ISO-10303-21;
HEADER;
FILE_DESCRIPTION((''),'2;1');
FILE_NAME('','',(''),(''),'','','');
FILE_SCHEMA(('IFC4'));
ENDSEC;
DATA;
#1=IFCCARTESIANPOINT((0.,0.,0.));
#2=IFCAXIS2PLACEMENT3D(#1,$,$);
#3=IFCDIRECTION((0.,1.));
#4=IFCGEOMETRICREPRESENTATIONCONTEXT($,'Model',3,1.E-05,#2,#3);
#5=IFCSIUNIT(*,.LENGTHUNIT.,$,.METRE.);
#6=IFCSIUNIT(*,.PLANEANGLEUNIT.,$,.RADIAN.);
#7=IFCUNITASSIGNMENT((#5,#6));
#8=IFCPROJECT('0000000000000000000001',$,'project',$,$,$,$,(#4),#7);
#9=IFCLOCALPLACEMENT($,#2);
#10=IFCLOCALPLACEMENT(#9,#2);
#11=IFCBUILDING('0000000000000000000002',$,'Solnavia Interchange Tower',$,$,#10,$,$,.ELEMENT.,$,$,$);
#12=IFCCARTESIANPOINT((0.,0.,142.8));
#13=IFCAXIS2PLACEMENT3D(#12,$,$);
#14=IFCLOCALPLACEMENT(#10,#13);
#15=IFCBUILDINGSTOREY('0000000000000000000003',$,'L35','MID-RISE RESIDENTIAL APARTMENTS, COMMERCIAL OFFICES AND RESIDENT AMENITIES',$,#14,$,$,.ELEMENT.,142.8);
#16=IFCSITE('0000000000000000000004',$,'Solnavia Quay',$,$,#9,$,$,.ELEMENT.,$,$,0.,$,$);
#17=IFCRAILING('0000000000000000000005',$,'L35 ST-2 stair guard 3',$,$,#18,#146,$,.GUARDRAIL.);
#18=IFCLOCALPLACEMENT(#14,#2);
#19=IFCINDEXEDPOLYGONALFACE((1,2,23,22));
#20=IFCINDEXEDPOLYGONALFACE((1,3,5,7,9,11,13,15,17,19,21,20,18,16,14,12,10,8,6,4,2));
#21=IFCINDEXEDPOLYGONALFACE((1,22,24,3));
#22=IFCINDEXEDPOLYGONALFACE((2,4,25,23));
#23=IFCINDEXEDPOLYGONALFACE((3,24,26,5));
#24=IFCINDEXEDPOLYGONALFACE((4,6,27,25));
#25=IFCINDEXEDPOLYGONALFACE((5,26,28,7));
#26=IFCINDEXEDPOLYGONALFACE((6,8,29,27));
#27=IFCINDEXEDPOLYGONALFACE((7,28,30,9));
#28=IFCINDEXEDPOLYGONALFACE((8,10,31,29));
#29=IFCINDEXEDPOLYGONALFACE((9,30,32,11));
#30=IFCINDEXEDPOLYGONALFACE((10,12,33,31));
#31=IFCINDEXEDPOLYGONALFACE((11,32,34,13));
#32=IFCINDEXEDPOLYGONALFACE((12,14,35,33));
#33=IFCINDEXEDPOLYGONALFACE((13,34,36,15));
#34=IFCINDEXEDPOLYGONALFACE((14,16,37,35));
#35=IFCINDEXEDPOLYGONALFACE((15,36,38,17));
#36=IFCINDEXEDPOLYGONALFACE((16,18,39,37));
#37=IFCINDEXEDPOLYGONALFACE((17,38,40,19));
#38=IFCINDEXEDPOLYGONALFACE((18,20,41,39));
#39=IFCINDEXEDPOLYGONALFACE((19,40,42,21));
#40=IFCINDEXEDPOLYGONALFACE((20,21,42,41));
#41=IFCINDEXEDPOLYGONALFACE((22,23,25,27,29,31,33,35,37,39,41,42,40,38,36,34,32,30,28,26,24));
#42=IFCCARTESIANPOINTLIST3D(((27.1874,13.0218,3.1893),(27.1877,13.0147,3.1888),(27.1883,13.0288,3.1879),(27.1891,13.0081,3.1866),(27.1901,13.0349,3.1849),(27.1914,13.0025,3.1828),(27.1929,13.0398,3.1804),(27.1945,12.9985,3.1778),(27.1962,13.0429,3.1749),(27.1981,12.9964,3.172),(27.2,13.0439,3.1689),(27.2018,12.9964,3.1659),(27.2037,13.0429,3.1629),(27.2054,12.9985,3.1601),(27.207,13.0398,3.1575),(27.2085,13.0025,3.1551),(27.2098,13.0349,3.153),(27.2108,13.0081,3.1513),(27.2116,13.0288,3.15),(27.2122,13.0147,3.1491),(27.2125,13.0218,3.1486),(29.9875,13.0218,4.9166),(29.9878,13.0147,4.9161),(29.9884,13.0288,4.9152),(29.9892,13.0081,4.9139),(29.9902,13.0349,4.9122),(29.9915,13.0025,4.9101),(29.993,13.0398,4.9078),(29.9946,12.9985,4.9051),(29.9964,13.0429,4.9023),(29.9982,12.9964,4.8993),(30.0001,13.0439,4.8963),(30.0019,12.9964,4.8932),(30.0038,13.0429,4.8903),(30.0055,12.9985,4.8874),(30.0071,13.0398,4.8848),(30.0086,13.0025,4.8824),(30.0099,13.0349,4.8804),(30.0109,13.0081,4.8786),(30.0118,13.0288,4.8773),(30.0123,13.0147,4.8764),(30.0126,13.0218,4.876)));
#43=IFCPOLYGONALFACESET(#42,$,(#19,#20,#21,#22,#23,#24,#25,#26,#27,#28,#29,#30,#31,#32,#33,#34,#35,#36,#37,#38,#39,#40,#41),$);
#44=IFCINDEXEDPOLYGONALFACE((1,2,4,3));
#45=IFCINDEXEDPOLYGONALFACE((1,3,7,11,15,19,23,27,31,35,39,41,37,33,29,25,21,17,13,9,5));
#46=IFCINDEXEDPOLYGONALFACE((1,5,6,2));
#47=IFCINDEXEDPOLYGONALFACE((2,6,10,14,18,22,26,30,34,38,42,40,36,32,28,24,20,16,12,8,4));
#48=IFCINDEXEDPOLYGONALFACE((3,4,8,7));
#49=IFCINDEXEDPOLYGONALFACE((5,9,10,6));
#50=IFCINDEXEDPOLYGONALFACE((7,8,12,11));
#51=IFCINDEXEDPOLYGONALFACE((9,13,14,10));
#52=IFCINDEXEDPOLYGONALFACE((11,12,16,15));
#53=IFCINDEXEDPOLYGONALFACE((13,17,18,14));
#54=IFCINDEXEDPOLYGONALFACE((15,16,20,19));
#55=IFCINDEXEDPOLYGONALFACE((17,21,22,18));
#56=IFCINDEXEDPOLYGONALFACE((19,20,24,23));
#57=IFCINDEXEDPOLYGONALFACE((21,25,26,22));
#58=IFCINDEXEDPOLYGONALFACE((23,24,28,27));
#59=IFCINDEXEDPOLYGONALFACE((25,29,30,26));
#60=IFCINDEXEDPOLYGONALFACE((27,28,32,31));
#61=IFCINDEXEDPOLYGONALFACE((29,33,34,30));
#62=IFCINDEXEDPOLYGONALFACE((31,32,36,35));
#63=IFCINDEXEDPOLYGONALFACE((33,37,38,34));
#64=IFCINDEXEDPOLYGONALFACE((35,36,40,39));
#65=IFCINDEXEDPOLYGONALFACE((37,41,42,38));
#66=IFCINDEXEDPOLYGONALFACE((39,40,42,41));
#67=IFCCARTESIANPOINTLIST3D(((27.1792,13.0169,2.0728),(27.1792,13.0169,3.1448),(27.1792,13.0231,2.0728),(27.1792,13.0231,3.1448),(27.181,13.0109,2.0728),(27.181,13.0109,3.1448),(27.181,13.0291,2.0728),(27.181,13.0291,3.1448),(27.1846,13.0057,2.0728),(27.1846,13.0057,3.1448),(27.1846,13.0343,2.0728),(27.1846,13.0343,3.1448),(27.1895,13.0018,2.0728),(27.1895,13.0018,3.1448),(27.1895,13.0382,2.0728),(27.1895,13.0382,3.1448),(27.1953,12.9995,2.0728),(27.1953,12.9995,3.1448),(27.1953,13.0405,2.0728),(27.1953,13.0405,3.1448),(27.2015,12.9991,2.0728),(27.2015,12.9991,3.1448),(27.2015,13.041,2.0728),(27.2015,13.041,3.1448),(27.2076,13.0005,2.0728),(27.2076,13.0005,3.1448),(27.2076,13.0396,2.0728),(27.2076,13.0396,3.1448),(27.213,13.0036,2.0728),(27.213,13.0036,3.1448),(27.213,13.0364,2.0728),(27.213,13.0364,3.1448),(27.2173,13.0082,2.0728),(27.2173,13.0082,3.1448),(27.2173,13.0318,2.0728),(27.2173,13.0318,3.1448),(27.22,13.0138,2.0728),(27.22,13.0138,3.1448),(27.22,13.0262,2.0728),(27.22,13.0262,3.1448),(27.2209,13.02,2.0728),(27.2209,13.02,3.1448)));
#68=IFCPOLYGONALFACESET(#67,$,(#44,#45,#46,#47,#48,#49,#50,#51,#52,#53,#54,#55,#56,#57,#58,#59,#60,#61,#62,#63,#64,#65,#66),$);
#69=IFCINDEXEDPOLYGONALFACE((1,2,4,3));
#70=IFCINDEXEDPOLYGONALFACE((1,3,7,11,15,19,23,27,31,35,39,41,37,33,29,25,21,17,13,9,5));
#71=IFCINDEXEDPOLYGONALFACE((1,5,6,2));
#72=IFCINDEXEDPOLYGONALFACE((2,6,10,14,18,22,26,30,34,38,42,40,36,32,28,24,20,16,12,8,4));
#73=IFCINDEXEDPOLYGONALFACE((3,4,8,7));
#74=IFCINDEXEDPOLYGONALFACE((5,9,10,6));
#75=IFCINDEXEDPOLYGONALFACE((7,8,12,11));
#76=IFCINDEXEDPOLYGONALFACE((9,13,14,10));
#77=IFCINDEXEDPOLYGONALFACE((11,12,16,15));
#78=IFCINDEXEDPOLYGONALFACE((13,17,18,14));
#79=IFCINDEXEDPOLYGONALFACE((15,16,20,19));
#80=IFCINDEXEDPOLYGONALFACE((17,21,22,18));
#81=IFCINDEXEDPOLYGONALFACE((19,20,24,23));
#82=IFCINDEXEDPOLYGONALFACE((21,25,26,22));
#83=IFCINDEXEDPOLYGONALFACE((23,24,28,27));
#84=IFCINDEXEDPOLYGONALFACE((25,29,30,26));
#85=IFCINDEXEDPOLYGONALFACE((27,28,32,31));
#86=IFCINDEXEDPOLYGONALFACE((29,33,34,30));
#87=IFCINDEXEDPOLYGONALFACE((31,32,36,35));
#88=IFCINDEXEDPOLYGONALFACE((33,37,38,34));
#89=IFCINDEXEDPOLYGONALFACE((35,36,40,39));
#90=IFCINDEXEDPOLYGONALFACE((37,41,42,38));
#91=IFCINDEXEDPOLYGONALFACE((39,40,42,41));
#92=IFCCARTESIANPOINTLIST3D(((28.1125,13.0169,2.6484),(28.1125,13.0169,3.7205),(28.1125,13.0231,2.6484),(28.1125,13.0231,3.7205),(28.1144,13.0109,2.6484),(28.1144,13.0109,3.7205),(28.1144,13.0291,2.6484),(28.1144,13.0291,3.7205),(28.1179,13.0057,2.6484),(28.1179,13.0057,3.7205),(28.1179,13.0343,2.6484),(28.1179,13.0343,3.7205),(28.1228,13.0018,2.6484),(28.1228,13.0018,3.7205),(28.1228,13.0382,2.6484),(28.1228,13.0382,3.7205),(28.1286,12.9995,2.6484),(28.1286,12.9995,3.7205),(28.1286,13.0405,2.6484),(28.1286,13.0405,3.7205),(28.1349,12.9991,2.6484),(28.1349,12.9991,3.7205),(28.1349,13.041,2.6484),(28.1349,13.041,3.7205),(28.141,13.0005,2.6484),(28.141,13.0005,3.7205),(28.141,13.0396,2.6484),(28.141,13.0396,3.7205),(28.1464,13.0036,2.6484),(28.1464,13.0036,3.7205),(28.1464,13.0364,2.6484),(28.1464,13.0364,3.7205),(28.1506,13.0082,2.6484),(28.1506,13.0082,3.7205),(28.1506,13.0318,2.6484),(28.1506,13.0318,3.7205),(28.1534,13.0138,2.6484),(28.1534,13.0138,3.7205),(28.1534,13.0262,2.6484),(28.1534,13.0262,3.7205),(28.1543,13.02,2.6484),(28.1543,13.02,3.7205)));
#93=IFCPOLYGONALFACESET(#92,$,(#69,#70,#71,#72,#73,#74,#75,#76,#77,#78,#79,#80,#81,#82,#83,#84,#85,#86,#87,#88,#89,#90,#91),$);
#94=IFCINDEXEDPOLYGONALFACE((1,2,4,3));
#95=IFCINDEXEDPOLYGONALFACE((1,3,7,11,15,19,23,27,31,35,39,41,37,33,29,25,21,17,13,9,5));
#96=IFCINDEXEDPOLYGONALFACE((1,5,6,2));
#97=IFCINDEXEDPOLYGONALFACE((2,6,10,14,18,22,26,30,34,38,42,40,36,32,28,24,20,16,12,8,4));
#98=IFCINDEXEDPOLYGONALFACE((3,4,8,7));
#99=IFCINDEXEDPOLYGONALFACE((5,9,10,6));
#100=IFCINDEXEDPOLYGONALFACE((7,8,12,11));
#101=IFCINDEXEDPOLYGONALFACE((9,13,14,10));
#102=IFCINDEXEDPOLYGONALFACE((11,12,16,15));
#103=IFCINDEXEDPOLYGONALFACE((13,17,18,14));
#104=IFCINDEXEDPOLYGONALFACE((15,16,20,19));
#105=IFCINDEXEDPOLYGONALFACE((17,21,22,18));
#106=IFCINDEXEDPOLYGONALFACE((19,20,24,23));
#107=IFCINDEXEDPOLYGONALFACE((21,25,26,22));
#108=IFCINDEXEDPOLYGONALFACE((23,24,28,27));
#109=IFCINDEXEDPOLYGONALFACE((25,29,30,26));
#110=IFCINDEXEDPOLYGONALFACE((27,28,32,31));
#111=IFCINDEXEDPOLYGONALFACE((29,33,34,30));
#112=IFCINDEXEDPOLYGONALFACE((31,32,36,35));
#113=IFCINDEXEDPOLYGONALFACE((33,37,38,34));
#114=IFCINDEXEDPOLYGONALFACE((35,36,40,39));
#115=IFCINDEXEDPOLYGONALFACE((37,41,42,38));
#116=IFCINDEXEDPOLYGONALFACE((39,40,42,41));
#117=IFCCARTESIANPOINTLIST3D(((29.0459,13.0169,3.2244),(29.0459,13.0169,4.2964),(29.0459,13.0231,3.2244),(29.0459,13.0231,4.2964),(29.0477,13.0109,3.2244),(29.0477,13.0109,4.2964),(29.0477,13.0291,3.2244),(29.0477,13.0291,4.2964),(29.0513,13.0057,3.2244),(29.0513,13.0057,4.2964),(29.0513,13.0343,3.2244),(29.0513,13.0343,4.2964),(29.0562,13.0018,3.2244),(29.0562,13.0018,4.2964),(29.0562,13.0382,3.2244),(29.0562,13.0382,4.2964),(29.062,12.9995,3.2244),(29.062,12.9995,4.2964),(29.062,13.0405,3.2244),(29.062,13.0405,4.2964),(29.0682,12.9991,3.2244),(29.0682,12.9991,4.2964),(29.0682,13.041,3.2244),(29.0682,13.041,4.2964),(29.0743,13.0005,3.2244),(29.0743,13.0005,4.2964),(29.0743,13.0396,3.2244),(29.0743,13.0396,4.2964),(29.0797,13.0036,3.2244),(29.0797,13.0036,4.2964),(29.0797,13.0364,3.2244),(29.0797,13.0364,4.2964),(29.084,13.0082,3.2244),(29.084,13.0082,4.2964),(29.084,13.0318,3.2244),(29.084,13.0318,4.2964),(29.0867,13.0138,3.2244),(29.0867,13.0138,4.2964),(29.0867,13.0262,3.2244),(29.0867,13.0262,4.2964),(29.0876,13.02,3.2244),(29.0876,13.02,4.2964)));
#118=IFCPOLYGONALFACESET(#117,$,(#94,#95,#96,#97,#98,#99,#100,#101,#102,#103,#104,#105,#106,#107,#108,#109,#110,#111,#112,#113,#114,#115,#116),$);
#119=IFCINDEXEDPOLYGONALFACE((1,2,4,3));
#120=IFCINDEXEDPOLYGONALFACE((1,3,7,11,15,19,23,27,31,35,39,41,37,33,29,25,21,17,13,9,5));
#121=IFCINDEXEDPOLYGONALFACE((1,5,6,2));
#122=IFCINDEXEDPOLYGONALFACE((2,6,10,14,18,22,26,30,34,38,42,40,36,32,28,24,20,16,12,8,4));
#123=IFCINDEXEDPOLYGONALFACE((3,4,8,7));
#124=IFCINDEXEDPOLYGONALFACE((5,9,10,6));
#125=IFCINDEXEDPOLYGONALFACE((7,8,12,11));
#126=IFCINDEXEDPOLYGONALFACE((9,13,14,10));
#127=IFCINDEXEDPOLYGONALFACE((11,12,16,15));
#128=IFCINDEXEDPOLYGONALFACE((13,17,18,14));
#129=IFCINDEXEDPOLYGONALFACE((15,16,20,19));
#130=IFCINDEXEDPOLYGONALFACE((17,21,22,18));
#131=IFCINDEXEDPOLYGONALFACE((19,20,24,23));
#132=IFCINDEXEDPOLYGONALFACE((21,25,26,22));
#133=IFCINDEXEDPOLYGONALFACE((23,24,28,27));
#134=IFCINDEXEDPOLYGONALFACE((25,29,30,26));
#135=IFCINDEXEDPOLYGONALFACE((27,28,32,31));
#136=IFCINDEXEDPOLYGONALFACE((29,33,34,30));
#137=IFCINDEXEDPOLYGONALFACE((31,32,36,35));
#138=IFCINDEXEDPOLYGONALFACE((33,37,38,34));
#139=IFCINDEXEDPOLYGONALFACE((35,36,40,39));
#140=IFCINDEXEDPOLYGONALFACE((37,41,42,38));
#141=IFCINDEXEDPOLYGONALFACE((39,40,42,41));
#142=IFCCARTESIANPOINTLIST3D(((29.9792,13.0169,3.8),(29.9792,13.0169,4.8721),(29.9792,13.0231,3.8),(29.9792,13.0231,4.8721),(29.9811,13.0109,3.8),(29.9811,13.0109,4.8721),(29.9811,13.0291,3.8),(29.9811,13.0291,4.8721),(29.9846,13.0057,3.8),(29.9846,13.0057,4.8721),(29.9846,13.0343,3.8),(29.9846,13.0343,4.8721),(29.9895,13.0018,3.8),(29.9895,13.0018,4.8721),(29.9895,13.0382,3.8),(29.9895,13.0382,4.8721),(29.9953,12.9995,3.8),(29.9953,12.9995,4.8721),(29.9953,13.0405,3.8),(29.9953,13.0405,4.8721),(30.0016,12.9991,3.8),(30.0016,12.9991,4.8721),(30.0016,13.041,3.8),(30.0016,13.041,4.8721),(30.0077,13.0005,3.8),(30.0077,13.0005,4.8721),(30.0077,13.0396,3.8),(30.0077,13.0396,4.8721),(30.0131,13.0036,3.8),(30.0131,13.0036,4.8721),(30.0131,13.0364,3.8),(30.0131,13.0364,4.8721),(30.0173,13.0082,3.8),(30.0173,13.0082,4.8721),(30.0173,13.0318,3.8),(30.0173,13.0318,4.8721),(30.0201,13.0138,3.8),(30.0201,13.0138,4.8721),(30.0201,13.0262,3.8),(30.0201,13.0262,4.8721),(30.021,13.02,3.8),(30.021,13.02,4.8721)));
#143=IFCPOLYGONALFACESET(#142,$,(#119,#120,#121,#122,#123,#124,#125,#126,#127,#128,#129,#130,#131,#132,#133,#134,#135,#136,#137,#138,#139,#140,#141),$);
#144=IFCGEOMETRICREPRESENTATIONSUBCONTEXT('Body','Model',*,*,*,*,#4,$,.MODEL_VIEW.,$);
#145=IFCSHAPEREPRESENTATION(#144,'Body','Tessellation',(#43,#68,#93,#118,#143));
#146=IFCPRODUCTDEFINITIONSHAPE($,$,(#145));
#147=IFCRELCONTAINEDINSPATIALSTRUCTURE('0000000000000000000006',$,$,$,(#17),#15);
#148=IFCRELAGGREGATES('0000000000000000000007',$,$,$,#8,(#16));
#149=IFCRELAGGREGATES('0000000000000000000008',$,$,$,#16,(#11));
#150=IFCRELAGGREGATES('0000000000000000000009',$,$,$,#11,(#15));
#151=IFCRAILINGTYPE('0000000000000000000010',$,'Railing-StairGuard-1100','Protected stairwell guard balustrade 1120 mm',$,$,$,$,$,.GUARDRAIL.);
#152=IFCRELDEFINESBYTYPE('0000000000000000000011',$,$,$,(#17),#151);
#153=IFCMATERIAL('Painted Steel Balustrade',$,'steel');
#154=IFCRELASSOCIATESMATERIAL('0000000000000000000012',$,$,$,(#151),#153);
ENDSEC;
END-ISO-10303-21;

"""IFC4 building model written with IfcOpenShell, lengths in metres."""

from ifc_helpers import new_model, si_unit, direction, frame, origin, origin_2d, place, context, subcontext, project, spatial, circle, extrude, material, type_object, element, save


model = new_model("IFC4")

# Units and contexts
model_context = context("Model", 3, precision=1e-05, world=origin(), true_north=direction((0.0, 1.0)))
body_context = subcontext(model_context, "Body", "Model", "MODEL_VIEW")
ifc_project = project(units=[si_unit("LENGTHUNIT", "METRE"), si_unit("PLANEANGLEUNIT", "RADIAN")], contexts=[model_context])

# Site, building, storey
site_placement = place(None, origin())
site = spatial("IfcSite", under=ifc_project, at=site_placement, Name="Solnavia Quay", CompositionType="ELEMENT", RefElevation=0.0)
building_placement = place(site_placement, origin())
building = spatial("IfcBuilding", under=site, at=building_placement, Name="Solnavia Interchange Tower", CompositionType="ELEMENT")
storey_placement = place(building_placement, frame((0.0, 0.0, 142.8)))
storey = spatial("IfcBuildingStorey", under=building, at=storey_placement, Name="L35", Description="MID-RISE RESIDENTIAL APARTMENTS, COMMERCIAL OFFICES AND RESIDENT AMENITIES", CompositionType="ELEMENT", Elevation=142.8)

# Railing
ifc_material_1 = material(Name="Painted Steel Balustrade", Category="steel")
railing_type_1 = type_object("IfcRailingType", Name="Railing-StairGuard-1100", Description="Protected stairwell guard balustrade 1120 mm", PredefinedType="GUARDRAIL", material=ifc_material_1)
railing_1_placement = place(storey_placement, frame((27.2, 13.02, 2.0728)))
element("IfcRailing", 1, at=railing_1_placement, inside=storey, type_object=railing_type_1, Name="L35 ST-2 stair guard 3", PredefinedType="GUARDRAIL", context=body_context, shape_type="SweptSolid", body=[
    extrude(circle(Radius=0.0239, at=origin_2d()), frame((0.0, 0.0, 1.0962), z_axis=(0.85109, 0.0, 0.52502), x_axis=(0.0, 1.0, 0.0)), (0.0, 0.0, 1.0), 3.29),
    extrude(circle(Radius=0.021, at=origin_2d()), origin(), (0.0, 0.0, 1.0), 1.072),
    extrude(circle(Radius=0.021, at=origin_2d()), frame((0.9333, 0.0, 0.5757)), (0.0, 0.0, 1.0), 1.072),
    extrude(circle(Radius=0.021, at=origin_2d()), frame((1.8667, 0.0, 1.1516)), (0.0, 0.0, 1.0), 1.072),
    extrude(circle(Radius=0.021, at=origin_2d()), frame((2.8, 0.0, 1.7273)), (0.0, 0.0, 1.0), 1.072),
])

save(model, "model.ifc")
